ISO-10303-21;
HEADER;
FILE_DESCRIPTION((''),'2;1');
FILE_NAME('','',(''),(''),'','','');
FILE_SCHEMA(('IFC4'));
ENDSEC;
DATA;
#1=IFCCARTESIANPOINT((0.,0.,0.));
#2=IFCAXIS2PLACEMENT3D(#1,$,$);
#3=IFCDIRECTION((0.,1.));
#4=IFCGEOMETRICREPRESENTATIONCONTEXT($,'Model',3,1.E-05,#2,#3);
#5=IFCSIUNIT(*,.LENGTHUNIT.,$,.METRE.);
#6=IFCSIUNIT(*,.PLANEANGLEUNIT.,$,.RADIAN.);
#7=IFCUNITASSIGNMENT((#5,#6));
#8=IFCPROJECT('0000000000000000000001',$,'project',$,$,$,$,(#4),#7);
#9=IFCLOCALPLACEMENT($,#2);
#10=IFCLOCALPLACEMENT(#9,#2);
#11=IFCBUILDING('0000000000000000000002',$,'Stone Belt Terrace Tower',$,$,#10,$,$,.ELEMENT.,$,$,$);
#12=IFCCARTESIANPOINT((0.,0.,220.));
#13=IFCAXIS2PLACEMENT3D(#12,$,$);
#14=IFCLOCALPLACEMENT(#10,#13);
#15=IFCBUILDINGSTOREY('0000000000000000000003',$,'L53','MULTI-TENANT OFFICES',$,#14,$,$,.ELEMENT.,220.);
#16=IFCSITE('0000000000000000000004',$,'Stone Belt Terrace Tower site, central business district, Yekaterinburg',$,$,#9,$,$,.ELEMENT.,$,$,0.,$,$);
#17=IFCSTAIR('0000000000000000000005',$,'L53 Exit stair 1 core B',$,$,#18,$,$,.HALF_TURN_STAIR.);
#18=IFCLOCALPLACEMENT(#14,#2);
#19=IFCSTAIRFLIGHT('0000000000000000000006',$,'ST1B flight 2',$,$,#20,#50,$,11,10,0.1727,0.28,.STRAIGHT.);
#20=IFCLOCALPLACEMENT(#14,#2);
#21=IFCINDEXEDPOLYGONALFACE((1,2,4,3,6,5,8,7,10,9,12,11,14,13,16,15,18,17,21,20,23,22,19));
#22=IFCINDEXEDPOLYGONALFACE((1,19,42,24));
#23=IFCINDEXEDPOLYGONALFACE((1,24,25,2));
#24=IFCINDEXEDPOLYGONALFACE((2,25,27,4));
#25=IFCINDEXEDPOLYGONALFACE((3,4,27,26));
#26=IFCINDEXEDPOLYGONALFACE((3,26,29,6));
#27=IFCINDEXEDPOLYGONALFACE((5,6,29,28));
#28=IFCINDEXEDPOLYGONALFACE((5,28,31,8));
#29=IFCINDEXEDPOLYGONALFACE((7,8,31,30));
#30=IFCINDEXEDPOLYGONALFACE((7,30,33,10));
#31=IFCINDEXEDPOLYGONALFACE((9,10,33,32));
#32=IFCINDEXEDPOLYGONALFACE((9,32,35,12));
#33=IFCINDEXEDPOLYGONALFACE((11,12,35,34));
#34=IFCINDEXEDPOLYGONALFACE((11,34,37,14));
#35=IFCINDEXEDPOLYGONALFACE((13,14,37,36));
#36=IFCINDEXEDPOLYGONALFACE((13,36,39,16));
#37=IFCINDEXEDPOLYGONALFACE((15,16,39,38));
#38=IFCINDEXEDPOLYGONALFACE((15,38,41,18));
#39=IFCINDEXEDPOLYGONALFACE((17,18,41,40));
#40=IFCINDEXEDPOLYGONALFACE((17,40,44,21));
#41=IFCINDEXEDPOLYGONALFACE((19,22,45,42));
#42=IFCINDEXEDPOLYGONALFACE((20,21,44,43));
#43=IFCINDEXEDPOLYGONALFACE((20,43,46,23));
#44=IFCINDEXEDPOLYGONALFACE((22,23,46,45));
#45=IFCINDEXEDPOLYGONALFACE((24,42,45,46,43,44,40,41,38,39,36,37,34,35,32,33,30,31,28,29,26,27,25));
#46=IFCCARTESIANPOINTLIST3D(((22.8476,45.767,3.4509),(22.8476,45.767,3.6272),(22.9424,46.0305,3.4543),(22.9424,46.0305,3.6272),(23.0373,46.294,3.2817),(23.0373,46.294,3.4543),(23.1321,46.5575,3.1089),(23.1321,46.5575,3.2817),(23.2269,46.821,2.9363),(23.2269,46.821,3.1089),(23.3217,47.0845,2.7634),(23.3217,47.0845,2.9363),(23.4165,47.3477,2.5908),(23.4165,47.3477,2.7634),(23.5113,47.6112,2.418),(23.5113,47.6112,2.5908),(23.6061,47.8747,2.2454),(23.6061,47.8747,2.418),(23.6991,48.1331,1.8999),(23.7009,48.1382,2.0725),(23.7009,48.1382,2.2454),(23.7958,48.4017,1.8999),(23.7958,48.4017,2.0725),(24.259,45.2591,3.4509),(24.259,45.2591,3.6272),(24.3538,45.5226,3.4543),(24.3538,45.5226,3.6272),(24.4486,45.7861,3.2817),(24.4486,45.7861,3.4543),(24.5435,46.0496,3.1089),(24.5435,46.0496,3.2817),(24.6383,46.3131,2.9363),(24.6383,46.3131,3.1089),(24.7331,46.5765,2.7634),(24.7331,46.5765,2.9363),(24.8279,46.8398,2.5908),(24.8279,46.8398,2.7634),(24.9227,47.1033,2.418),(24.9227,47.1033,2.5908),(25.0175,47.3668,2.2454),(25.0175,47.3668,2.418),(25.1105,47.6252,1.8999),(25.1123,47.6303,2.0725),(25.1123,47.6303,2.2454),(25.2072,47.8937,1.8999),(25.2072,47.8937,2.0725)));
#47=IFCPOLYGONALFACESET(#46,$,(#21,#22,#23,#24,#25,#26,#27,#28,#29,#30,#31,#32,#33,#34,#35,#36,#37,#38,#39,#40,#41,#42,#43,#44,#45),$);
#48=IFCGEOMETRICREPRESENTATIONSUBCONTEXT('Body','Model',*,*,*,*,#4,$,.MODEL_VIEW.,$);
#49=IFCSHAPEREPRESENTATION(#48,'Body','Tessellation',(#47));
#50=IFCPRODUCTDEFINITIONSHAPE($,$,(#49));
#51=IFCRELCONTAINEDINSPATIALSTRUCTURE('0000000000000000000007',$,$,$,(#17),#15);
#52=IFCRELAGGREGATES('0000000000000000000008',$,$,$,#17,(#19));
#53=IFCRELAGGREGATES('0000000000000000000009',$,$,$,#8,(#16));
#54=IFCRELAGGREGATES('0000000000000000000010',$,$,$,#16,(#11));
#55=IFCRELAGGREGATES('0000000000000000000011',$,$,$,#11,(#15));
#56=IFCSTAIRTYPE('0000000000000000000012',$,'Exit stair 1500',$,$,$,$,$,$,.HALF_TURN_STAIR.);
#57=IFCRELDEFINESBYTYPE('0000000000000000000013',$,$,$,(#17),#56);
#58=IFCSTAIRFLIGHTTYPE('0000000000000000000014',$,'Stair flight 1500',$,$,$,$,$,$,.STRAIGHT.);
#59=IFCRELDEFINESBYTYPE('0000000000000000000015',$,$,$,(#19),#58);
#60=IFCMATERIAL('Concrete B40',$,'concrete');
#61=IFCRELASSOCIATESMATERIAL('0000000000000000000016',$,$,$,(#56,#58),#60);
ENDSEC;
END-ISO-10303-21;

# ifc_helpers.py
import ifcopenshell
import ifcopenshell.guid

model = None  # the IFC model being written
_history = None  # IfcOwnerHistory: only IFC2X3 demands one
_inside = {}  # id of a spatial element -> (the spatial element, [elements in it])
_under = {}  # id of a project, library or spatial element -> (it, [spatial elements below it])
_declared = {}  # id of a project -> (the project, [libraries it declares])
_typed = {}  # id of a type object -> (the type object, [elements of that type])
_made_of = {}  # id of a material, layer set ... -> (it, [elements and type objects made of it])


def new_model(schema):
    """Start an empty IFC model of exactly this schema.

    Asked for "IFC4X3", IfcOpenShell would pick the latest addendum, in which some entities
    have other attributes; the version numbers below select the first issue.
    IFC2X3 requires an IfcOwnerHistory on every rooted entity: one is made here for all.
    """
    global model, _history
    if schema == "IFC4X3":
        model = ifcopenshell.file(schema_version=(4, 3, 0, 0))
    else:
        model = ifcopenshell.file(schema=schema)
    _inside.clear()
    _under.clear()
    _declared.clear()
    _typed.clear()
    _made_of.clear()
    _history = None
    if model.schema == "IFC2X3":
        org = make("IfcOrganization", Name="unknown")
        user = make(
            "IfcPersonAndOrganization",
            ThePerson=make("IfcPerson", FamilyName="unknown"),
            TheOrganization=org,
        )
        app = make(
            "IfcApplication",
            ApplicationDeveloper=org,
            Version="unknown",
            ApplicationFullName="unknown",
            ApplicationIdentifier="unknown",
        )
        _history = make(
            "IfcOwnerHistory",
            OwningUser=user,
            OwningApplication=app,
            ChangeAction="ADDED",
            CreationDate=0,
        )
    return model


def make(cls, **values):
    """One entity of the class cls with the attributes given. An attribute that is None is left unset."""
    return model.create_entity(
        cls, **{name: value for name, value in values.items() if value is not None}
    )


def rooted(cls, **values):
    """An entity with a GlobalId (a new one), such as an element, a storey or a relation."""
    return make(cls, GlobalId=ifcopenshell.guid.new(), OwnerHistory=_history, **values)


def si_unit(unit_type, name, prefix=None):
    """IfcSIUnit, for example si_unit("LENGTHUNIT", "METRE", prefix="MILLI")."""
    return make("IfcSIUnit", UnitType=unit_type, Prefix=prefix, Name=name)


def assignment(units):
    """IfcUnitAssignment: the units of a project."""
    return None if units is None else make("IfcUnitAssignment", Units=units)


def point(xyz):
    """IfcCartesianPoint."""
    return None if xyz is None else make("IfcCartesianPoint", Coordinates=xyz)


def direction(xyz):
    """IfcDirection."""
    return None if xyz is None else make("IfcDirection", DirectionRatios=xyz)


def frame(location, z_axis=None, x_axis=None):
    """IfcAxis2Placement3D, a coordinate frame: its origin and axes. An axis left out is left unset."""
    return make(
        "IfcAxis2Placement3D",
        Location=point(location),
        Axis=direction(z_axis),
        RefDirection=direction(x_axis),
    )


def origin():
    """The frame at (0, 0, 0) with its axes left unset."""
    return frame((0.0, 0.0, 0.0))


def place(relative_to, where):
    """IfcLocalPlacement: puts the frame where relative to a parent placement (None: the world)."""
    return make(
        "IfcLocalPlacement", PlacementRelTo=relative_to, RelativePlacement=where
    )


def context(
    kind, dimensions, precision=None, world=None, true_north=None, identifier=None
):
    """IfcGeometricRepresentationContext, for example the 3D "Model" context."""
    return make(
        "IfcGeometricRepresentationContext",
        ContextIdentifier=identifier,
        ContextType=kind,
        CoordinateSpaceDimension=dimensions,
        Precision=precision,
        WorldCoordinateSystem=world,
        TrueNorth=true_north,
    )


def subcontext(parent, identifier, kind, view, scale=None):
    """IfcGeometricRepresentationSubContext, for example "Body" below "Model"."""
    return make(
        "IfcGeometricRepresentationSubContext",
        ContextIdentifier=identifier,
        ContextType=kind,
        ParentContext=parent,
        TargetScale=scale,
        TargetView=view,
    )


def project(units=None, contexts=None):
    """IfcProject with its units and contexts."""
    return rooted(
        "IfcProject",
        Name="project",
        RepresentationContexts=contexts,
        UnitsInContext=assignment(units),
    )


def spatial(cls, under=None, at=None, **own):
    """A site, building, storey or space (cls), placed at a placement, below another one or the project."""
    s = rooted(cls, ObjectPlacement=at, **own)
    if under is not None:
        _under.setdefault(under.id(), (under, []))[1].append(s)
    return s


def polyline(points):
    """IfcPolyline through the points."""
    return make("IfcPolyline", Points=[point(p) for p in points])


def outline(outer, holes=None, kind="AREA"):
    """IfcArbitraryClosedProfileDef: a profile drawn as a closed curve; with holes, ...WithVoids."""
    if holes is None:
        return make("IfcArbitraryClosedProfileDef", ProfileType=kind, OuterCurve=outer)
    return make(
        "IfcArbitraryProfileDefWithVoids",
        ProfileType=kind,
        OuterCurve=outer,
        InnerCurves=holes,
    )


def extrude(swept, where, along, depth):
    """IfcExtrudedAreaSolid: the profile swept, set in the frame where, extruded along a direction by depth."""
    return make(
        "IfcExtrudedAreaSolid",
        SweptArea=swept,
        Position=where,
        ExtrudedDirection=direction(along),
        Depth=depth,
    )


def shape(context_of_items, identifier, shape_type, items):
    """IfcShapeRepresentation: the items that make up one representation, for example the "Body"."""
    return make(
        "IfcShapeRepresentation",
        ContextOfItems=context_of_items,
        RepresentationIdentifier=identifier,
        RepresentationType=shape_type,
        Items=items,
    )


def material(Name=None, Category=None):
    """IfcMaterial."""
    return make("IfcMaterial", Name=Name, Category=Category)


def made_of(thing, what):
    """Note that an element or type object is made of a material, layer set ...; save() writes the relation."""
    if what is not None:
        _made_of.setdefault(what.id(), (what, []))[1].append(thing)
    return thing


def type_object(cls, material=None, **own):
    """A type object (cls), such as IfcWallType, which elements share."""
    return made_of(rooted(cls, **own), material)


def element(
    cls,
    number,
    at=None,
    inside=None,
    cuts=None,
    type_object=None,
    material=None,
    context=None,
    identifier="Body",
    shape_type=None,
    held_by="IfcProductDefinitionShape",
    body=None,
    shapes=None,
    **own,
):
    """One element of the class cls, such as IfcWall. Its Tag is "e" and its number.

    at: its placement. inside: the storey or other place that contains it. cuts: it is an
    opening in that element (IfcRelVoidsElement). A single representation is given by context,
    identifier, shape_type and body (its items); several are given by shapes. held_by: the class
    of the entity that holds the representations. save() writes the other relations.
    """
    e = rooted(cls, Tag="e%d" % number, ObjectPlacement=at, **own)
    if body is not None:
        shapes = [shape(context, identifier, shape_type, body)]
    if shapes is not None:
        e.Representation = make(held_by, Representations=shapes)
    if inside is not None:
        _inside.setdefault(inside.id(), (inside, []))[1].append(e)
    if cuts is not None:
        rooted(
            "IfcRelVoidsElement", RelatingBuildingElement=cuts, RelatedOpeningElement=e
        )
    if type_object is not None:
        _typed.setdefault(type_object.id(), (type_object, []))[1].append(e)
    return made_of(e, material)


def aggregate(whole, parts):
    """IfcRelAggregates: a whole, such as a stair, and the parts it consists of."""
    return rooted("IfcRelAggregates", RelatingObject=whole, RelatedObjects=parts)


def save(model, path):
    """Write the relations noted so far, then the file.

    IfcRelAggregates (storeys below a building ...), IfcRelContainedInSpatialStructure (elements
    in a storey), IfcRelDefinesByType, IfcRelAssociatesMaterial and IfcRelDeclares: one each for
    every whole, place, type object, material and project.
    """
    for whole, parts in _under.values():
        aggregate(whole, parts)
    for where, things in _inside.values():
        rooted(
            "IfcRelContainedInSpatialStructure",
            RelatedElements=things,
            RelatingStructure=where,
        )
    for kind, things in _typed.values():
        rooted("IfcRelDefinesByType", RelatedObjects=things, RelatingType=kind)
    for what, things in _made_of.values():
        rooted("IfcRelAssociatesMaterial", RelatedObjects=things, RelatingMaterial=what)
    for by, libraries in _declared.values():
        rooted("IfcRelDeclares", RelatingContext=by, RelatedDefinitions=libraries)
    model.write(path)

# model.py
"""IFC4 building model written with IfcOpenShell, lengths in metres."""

from ifc_helpers import new_model, si_unit, direction, frame, origin, place, context, subcontext, project, spatial, polyline, outline, extrude, material, type_object, element, aggregate, save


model = new_model("IFC4")

# Units and contexts
model_context = context("Model", 3, precision=1e-05, world=origin(), true_north=direction((0.0, 1.0)))
body_context = subcontext(model_context, "Body", "Model", "MODEL_VIEW")
ifc_project = project(units=[si_unit("LENGTHUNIT", "METRE"), si_unit("PLANEANGLEUNIT", "RADIAN")], contexts=[model_context])

# Site, building, storey
site_placement = place(None, origin())
site = spatial("IfcSite", under=ifc_project, at=site_placement, Name="Stone Belt Terrace Tower site, central business district, Yekaterinburg", CompositionType="ELEMENT", RefElevation=0.0)
building_placement = place(site_placement, origin())
building = spatial("IfcBuilding", under=site, at=building_placement, Name="Stone Belt Terrace Tower", CompositionType="ELEMENT")
storey_placement = place(building_placement, frame((0.0, 0.0, 220.0)))
storey = spatial("IfcBuildingStorey", under=building, at=storey_placement, Name="L53", Description="MULTI-TENANT OFFICES", CompositionType="ELEMENT", Elevation=220.0)

# Stair, stair flight
ifc_material_1 = material(Name="Concrete B40", Category="concrete")
stair_type = type_object("IfcStairType", Name="Exit stair 1500", PredefinedType="HALF_TURN_STAIR", material=ifc_material_1)
stair_placement = place(storey_placement, origin())
stair = element("IfcStair", 1, at=stair_placement, inside=storey, type_object=stair_type, Name="L53 Exit stair 1 core B", PredefinedType="HALF_TURN_STAIR")
stair_flight_type = type_object("IfcStairFlightType", Name="Stair flight 1500", PredefinedType="STRAIGHT", material=ifc_material_1)
stair_flight_1_placement = place(storey_placement, frame((24.5015, 48.1477, 1.8999), z_axis=(0.0, 0.0, 1.0), x_axis=(-0.338624, -0.940922, 0.0)))
stair_flight_1 = element("IfcStairFlight", 2, at=stair_flight_1_placement, type_object=stair_flight_type, Name="ST1B flight 2", NumberOfRisers=11, NumberOfTreads=10, PredefinedType="STRAIGHT", RiserHeight=0.1727, TreadLength=0.28, context=body_context, shape_type="SweptSolid", body=[
    extrude(outline(polyline([(0.0, 0.0), (0.0, 0.1726), (0.28, 0.1726), (0.28, 0.3455), (0.5601, 0.3455), (0.5601, 0.5181), (0.8401, 0.5181), (0.8401, 0.6909), (1.1201, 0.6909), (1.1201, 0.8635), (1.3999, 0.8635), (1.3999, 1.0364), (1.6799, 1.0364), (1.6799, 1.209), (1.96, 1.209), (1.96, 1.3818), (2.24, 1.3818), (2.24, 1.5544), (2.52, 1.5544), (2.52, 1.7273), (2.8, 1.7273), (2.8, 1.8999), (2.8, 1.551), (0.2854, 0.0), (0.0, 0.0)])), frame((0.0, 0.75, 0.0), z_axis=(0.0, -1.0, 0.0), x_axis=(1.0, 0.0, 0.0)), (0.0, 0.0, 1.0), 1.5),
])
aggregate(stair, [stair_flight_1])

save(model, "model.ifc")
